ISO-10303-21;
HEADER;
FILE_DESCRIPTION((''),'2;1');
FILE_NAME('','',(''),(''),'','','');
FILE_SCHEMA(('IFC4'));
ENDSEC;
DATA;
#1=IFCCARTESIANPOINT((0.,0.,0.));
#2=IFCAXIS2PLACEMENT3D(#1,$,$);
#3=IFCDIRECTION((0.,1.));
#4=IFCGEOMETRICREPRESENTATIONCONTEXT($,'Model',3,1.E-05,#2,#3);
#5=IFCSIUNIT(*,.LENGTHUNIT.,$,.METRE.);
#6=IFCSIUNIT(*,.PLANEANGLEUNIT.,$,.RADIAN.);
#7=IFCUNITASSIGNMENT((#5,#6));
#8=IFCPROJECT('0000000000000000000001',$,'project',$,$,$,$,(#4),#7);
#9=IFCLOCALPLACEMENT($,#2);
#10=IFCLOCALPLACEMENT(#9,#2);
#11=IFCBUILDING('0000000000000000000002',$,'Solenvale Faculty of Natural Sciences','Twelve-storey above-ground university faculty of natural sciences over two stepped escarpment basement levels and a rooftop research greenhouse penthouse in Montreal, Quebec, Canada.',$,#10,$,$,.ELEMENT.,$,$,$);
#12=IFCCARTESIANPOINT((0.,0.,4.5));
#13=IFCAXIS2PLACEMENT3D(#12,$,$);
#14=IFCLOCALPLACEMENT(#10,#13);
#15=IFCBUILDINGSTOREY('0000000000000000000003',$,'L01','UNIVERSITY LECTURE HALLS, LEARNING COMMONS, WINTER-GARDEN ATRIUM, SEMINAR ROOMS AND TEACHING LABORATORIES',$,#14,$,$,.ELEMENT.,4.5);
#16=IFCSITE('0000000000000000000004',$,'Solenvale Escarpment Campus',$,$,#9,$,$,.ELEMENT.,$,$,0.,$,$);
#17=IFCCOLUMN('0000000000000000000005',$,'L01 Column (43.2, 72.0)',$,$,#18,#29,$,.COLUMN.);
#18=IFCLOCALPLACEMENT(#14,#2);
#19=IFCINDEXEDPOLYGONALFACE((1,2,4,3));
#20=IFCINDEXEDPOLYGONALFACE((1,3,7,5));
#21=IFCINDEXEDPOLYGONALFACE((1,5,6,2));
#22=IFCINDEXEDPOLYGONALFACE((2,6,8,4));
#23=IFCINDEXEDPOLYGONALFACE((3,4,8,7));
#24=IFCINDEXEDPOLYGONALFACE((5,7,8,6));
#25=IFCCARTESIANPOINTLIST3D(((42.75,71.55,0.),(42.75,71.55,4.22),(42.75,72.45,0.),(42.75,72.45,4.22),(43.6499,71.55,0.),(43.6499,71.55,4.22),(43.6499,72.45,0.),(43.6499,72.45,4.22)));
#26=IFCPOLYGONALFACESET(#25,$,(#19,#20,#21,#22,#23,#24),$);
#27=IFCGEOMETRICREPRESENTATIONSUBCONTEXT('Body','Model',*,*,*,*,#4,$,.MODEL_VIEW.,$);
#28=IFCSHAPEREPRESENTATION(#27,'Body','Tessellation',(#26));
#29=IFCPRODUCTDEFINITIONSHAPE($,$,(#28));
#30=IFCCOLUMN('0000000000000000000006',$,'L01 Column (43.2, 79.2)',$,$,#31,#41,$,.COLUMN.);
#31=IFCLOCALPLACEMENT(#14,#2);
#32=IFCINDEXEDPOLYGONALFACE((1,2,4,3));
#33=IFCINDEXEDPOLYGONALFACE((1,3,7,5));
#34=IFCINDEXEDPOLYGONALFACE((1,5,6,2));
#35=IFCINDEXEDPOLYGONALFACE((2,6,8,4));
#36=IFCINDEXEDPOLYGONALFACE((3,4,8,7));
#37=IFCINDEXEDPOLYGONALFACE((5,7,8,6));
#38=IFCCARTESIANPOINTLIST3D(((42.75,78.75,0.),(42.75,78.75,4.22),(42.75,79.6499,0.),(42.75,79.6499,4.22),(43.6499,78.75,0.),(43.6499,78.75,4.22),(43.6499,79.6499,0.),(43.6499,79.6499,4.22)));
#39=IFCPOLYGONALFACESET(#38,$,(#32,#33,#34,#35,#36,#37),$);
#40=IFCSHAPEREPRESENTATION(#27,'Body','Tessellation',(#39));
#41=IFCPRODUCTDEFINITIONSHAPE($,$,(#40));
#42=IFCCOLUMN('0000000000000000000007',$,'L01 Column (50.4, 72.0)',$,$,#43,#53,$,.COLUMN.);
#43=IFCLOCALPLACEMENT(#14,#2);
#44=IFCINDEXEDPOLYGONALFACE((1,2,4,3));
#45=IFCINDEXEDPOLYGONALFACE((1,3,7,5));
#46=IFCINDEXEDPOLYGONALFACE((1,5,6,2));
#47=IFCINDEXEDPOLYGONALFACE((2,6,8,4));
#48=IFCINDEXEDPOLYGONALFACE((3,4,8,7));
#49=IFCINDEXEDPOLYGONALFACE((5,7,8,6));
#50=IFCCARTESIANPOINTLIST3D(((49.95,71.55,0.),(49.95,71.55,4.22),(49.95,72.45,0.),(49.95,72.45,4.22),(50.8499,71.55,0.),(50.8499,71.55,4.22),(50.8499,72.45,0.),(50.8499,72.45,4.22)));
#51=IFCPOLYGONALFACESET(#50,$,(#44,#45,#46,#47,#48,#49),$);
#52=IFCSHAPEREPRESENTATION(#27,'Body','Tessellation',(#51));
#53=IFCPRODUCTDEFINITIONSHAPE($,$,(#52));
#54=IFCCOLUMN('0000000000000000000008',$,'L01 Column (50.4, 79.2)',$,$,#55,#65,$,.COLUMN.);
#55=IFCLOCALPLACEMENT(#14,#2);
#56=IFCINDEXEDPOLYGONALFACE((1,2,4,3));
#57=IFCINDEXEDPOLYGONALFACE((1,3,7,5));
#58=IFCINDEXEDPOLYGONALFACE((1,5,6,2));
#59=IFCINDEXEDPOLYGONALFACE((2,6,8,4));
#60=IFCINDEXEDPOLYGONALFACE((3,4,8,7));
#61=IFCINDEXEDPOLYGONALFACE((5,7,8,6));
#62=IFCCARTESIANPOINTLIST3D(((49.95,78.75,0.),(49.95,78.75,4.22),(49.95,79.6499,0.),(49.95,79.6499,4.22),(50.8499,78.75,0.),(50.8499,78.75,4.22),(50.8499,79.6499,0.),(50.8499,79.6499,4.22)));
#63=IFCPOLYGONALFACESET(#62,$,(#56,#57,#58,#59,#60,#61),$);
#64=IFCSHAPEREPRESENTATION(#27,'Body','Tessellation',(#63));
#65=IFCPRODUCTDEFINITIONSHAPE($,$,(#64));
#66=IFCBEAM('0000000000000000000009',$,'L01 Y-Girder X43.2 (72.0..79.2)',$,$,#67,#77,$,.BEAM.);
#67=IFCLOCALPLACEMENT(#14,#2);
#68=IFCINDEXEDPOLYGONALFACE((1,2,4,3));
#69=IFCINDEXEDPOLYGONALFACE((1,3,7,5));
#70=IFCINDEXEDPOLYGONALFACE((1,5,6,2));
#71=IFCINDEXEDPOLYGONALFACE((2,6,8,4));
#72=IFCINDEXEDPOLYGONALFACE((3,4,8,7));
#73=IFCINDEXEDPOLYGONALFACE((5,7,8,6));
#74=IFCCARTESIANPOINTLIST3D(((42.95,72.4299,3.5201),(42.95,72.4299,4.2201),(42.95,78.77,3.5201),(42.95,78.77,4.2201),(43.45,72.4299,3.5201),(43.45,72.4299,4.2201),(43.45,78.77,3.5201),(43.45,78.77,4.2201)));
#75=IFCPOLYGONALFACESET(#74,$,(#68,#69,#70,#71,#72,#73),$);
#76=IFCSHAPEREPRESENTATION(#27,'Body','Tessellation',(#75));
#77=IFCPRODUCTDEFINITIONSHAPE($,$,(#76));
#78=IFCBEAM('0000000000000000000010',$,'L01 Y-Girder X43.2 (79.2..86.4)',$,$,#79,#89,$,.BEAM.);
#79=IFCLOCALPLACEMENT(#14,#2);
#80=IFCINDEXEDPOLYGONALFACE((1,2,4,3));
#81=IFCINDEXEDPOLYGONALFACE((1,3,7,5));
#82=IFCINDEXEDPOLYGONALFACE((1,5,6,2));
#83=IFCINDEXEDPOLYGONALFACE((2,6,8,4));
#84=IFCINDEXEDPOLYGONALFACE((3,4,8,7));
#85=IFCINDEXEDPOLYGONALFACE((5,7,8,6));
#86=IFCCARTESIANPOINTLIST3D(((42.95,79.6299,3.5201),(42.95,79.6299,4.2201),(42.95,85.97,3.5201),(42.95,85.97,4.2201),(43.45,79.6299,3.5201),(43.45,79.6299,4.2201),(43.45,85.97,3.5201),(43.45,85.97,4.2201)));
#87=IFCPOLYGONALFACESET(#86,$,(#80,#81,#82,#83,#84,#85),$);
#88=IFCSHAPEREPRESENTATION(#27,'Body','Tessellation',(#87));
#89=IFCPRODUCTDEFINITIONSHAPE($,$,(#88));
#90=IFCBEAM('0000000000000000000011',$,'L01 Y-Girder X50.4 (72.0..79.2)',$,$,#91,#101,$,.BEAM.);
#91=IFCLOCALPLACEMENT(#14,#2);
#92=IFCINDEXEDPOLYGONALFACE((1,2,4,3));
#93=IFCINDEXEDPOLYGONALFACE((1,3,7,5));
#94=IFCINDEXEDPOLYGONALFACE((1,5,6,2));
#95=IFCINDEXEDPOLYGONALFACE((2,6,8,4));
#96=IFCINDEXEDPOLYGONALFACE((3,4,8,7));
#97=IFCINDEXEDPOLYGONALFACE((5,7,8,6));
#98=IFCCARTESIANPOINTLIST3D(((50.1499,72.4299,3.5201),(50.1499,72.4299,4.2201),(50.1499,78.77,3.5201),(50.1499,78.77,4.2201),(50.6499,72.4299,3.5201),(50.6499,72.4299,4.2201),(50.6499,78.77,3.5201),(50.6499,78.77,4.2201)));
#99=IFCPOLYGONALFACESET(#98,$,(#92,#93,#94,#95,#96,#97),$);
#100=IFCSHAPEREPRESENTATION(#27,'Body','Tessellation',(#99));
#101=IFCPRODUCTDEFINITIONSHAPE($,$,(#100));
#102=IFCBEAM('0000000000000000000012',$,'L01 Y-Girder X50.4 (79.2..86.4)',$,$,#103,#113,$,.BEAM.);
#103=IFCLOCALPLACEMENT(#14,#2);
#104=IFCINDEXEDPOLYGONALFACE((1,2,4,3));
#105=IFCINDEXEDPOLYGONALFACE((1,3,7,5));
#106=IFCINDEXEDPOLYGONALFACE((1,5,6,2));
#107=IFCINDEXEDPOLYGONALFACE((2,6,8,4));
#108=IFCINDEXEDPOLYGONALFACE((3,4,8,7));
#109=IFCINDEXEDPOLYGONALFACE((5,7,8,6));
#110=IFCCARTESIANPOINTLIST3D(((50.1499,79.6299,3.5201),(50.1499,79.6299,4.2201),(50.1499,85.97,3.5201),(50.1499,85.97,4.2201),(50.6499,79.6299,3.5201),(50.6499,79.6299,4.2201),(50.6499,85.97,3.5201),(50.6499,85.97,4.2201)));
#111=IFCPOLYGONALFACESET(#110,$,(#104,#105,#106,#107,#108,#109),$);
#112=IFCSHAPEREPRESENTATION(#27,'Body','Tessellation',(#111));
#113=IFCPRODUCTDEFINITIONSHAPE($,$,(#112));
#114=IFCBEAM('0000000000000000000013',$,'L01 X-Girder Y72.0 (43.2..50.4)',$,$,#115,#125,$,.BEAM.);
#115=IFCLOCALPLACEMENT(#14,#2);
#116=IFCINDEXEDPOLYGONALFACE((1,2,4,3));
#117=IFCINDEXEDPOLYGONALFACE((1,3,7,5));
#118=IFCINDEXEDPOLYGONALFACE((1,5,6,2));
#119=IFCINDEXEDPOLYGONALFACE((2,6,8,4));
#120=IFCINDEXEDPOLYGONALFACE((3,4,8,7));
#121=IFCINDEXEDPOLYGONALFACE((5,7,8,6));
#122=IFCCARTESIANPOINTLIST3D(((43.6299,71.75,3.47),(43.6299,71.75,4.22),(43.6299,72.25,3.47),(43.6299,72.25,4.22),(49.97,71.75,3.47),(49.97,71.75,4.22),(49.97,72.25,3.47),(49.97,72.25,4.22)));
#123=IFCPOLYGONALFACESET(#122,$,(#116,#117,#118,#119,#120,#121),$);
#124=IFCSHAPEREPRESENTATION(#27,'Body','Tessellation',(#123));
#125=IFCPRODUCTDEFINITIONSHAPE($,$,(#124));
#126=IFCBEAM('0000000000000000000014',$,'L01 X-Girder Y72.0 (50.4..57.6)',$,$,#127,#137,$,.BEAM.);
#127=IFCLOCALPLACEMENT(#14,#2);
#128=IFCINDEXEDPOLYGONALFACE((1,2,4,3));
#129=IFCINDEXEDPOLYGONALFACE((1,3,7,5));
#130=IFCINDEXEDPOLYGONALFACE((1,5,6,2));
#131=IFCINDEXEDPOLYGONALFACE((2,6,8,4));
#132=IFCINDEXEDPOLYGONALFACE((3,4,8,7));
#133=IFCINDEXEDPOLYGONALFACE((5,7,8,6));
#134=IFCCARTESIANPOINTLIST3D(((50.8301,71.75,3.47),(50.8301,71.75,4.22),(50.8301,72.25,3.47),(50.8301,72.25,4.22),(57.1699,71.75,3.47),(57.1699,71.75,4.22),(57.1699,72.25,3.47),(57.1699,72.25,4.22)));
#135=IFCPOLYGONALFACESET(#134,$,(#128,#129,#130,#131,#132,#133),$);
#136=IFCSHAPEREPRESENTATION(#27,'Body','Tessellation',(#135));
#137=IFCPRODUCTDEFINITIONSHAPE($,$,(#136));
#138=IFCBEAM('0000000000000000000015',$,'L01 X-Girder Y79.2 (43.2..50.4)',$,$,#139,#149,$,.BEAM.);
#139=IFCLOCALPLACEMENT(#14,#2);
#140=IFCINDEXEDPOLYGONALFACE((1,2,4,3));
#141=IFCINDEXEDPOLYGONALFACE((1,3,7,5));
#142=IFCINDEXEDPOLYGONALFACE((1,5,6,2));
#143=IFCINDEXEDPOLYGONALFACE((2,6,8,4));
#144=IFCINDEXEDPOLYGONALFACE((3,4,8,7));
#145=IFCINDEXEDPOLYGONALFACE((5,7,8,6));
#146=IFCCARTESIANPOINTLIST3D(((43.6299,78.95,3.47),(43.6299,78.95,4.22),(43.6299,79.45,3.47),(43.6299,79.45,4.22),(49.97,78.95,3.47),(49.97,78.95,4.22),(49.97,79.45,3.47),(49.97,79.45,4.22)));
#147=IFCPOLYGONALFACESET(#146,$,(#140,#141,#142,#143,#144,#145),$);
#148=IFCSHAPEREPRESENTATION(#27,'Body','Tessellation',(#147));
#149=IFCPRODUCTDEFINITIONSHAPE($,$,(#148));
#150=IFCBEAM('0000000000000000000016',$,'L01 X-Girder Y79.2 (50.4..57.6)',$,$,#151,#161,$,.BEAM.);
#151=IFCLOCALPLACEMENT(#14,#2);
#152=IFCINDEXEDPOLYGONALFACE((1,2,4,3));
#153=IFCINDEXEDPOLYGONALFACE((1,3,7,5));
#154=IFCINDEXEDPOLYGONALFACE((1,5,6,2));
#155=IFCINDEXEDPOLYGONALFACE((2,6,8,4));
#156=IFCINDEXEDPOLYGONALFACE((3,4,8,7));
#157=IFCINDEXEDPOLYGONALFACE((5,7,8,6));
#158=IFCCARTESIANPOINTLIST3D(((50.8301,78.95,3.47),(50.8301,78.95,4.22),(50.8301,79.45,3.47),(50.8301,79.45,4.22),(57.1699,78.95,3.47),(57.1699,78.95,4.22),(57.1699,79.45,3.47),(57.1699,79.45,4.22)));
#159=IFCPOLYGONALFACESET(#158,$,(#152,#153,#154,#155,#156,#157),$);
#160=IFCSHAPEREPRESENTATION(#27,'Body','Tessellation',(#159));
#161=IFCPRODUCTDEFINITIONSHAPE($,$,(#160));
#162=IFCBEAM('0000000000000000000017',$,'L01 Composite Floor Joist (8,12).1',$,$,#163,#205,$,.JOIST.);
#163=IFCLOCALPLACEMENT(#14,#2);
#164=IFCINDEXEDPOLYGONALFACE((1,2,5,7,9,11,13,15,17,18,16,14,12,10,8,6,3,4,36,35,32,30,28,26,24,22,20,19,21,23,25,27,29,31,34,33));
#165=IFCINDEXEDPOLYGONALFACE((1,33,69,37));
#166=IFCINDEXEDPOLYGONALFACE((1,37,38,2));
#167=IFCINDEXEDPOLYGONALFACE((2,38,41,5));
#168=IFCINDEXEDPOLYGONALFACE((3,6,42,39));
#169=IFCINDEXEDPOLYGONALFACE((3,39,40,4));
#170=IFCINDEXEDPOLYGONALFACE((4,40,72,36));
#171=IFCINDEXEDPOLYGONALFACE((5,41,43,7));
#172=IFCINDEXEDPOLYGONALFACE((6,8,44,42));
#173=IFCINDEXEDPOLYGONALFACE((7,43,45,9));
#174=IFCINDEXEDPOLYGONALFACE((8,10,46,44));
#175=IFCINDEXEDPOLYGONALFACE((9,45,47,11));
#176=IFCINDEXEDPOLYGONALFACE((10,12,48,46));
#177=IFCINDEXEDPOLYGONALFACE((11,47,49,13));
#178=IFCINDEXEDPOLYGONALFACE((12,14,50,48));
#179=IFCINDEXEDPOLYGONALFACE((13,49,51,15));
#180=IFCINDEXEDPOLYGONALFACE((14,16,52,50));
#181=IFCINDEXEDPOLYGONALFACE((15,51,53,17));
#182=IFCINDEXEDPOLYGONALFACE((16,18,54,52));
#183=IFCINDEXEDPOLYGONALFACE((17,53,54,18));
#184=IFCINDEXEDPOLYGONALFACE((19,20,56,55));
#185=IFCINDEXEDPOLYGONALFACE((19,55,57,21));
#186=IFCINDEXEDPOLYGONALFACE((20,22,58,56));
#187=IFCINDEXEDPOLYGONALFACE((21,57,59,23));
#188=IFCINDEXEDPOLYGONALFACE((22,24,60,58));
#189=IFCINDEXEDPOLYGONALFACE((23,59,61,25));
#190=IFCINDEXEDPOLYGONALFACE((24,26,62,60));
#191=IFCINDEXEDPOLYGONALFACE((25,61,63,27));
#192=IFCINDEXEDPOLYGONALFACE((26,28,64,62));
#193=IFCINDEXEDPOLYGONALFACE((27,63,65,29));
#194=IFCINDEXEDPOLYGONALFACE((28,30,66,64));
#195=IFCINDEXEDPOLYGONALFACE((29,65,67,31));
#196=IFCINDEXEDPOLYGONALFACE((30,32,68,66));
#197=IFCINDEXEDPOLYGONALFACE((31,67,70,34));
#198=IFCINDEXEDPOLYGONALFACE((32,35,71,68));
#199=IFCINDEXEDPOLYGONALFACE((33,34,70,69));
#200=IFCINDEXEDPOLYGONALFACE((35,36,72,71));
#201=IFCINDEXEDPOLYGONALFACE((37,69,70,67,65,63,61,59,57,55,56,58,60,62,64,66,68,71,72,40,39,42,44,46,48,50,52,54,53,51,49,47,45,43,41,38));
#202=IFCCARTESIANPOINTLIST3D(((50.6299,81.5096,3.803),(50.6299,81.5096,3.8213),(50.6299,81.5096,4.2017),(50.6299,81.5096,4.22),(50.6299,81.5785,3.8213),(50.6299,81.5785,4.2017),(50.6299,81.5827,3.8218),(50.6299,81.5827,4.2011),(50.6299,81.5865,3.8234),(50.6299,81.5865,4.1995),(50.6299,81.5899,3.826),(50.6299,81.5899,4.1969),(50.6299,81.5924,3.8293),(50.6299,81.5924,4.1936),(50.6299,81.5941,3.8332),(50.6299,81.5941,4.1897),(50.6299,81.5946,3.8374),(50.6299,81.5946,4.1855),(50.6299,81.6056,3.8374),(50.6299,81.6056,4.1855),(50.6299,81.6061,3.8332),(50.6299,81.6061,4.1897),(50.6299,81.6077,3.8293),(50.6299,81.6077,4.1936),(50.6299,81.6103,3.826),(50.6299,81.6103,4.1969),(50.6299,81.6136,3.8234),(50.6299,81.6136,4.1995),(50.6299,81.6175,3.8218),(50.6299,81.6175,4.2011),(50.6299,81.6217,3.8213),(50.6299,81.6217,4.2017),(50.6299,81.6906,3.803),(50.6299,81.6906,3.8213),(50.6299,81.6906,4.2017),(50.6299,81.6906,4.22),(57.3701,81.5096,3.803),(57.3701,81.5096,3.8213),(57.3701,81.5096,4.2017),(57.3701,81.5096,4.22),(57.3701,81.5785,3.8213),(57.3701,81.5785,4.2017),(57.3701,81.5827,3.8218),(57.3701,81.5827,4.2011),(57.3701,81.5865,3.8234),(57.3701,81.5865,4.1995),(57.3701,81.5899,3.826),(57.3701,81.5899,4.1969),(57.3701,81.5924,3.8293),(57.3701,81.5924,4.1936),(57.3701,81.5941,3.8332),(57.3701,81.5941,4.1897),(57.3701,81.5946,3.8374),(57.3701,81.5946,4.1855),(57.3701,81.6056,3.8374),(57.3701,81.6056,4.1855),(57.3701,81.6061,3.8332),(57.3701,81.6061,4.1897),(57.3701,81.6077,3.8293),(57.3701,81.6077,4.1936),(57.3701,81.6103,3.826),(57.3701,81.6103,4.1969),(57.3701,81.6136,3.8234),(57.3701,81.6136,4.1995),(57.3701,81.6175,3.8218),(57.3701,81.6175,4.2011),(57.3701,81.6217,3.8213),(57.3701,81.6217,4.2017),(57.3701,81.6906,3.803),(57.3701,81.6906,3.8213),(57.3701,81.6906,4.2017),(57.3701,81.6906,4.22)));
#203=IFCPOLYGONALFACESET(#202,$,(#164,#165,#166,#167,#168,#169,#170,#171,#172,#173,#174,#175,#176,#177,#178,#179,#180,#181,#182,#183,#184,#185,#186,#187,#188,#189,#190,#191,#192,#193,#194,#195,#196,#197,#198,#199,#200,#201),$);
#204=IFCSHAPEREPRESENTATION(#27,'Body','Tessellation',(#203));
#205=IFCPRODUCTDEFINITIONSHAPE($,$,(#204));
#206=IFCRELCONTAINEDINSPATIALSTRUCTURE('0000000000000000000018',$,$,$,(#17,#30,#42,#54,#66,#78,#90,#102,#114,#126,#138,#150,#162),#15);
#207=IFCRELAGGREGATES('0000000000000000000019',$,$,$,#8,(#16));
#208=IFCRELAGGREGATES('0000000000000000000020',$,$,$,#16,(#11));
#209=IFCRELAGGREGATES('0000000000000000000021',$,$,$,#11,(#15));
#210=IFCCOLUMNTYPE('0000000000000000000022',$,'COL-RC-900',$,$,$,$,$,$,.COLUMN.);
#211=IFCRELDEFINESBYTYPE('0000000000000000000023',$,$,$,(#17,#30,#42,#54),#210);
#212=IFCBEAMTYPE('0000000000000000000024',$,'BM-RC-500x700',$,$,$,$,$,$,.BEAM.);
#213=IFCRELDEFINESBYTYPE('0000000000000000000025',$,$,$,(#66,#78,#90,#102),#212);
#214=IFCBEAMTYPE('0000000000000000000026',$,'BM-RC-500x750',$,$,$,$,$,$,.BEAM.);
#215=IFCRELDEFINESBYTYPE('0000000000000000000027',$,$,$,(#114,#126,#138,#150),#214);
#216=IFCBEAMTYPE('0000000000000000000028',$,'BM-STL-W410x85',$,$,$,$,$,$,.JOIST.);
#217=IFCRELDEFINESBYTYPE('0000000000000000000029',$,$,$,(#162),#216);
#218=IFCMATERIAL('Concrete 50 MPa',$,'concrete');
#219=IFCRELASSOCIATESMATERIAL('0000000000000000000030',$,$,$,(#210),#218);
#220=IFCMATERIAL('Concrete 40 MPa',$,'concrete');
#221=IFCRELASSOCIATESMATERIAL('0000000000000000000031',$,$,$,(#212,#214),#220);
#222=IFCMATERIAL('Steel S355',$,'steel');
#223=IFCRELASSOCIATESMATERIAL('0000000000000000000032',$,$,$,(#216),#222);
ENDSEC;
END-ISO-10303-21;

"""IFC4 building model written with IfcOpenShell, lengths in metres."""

from ifc_helpers import new_model, si_unit, direction, frame, origin, origin_2d, place, context, subcontext, project, spatial, rectangle, i_section, extrude, material, material_profile, profile_set, type_object, element, save


model = new_model("IFC4")

# Units and contexts
model_context = context("Model", 3, precision=1e-05, world=origin(), true_north=direction((0.0, 1.0)))
body_context = subcontext(model_context, "Body", "Model", "MODEL_VIEW")
ifc_project = project(units=[si_unit("LENGTHUNIT", "METRE"), si_unit("PLANEANGLEUNIT", "RADIAN")], contexts=[model_context])

# Site, building, storey
site_placement = place(None, origin())
site = spatial("IfcSite", under=ifc_project, at=site_placement, Name="Solenvale Escarpment Campus", CompositionType="ELEMENT", RefElevation=0.0)
building_placement = place(site_placement, origin())
building = spatial("IfcBuilding", under=site, at=building_placement, Name="Solenvale Faculty of Natural Sciences", Description="Twelve-storey above-ground university faculty of natural sciences over two stepped escarpment basement levels and a rooftop research greenhouse penthouse in Montreal, Quebec, Canada.", CompositionType="ELEMENT")
storey_placement = place(building_placement, frame((0.0, 0.0, 4.5)))
storey = spatial("IfcBuildingStorey", under=building, at=storey_placement, Name="L01", Description="UNIVERSITY LECTURE HALLS, LEARNING COMMONS, WINTER-GARDEN ATRIUM, SEMINAR ROOMS AND TEACHING LABORATORIES", CompositionType="ELEMENT", Elevation=4.5)

# Columns
ifc_material_1 = material(Name="Concrete 50 MPa", Category="concrete")
ifc_material_profile_1 = material_profile(ifc_material_1, rectangle(XDim=0.8999, YDim=0.8999, at=origin_2d()), Name="RC-COL-900x900")
ifc_profile_set_1 = profile_set([ifc_material_profile_1], Name="Concrete 50 MPa")
column_type = type_object("IfcColumnType", Name="COL-RC-900", PredefinedType="COLUMN", material=ifc_profile_set_1)
for number, where, z_axis, x_axis, name in (
    (1, (43.2, 72.0, 0.0), (0.0, 0.0, 1.0), (1.0, 0.0, 0.0), "L01 Column (43.2, 72.0)"),
    (2, (43.2, 79.2, 0.0), (0.0, 0.0, 1.0), (1.0, 0.0, 0.0), "L01 Column (43.2, 79.2)"),
    (3, (50.3999, 72.0, 0.0), (0.0, 0.0, 1.0), (1.0, 0.0, 0.0), "L01 Column (50.4, 72.0)"),
    (4, (50.3999, 79.2, 0.0), (0.0, 0.0, 1.0), (1.0, 0.0, 0.0), "L01 Column (50.4, 79.2)"),
):
    element("IfcColumn", number, at=place(storey_placement, frame(where, z_axis=z_axis, x_axis=x_axis)), inside=storey, type_object=column_type, Name=name, PredefinedType="COLUMN", context=body_context, shape_type="SweptSolid", body=[
        extrude(rectangle(XDim=0.8999, YDim=0.8999, at=origin_2d()), origin(), (0.0, 0.0, 1.0), 4.22),
    ])

# Beams
ifc_material_2 = material(Name="Concrete 40 MPa", Category="concrete")
ifc_material_profile_2 = material_profile(ifc_material_2, rectangle(XDim=0.5, YDim=0.7, at=origin_2d()), Name="RC-BM-500x700")
ifc_profile_set_2 = profile_set([ifc_material_profile_2], Name="Concrete 40 MPa")
beam_type_1 = type_object("IfcBeamType", Name="BM-RC-500x700", PredefinedType="BEAM", material=ifc_profile_set_2)
for number, where, z_axis, x_axis, name in (
    (5, (43.2, 72.4299, 3.8701), (0.0, 1.0, 0.0), (-1.0, 0.0, 0.0), "L01 Y-Girder X43.2 (72.0..79.2)"),
    (6, (43.2, 79.6299, 3.8701), (0.0, 1.0, 0.0), (-1.0, 0.0, 0.0), "L01 Y-Girder X43.2 (79.2..86.4)"),
    (7, (50.3999, 72.4299, 3.8701), (0.0, 1.0, 0.0), (-1.0, 0.0, 0.0), "L01 Y-Girder X50.4 (72.0..79.2)"),
    (8, (50.3999, 79.6299, 3.8701), (0.0, 1.0, 0.0), (-1.0, 0.0, 0.0), "L01 Y-Girder X50.4 (79.2..86.4)"),
):
    element("IfcBeam", number, at=place(storey_placement, frame(where, z_axis=z_axis, x_axis=x_axis)), inside=storey, type_object=beam_type_1, Name=name, PredefinedType="BEAM", context=body_context, shape_type="SweptSolid", body=[
        extrude(rectangle(XDim=0.5, YDim=0.7, at=origin_2d()), origin(), (0.0, 0.0, 1.0), 6.3401),
    ])
ifc_material_profile_3 = material_profile(ifc_material_2, rectangle(XDim=0.5, YDim=0.75, at=origin_2d()), Name="RC-BM-500x750")
ifc_profile_set_3 = profile_set([ifc_material_profile_3], Name="Concrete 40 MPa")
beam_type_2 = type_object("IfcBeamType", Name="BM-RC-500x750", PredefinedType="BEAM", material=ifc_profile_set_3)
beam_1_placement = place(storey_placement, frame((43.6299, 72.0, 3.845), z_axis=(1.0, 0.0, 0.0), x_axis=(0.0, 1.0, 0.0)))
element("IfcBeam", 9, at=beam_1_placement, inside=storey, type_object=beam_type_2, Name="L01 X-Girder Y72.0 (43.2..50.4)", PredefinedType="BEAM", context=body_context, shape_type="SweptSolid", body=[
    extrude(rectangle(XDim=0.5, YDim=0.75, at=origin_2d()), origin(), (0.0, 0.0, 1.0), 6.3401),
])
beam_2_placement = place(storey_placement, frame((50.8301, 72.0, 3.845), z_axis=(1.0, 0.0, 0.0), x_axis=(0.0, 1.0, 0.0)))
element("IfcBeam", 10, at=beam_2_placement, inside=storey, type_object=beam_type_2, Name="L01 X-Girder Y72.0 (50.4..57.6)", PredefinedType="BEAM", context=body_context, shape_type="SweptSolid", body=[
    extrude(rectangle(XDim=0.5, YDim=0.75, at=origin_2d()), origin(), (0.0, 0.0, 1.0), 6.3398),
])
beam_3_placement = place(storey_placement, frame((43.6299, 79.2, 3.845), z_axis=(1.0, 0.0, 0.0), x_axis=(0.0, 1.0, 0.0)))
element("IfcBeam", 11, at=beam_3_placement, inside=storey, type_object=beam_type_2, Name="L01 X-Girder Y79.2 (43.2..50.4)", PredefinedType="BEAM", context=body_context, shape_type="SweptSolid", body=[
    extrude(rectangle(XDim=0.5, YDim=0.75, at=origin_2d()), origin(), (0.0, 0.0, 1.0), 6.3401),
])
beam_4_placement = place(storey_placement, frame((50.8301, 79.2, 3.845), z_axis=(1.0, 0.0, 0.0), x_axis=(0.0, 1.0, 0.0)))
element("IfcBeam", 12, at=beam_4_placement, inside=storey, type_object=beam_type_2, Name="L01 X-Girder Y79.2 (50.4..57.6)", PredefinedType="BEAM", context=body_context, shape_type="SweptSolid", body=[
    extrude(rectangle(XDim=0.5, YDim=0.75, at=origin_2d()), origin(), (0.0, 0.0, 1.0), 6.3398),
])
ifc_material_3 = material(Name="Steel S355", Category="steel")
ifc_material_profile_4 = material_profile(ifc_material_3, i_section(OverallWidth=0.1809, OverallDepth=0.417, WebThickness=0.011, FlangeThickness=0.0183, FilletRadius=0.0161, at=origin_2d()), Name="W410x85")
ifc_profile_set_4 = profile_set([ifc_material_profile_4], Name="Steel S355")
beam_type_3 = type_object("IfcBeamType", Name="BM-STL-W410x85", PredefinedType="JOIST", material=ifc_profile_set_4)
for number, where, z_axis, x_axis, name in (
    (13, (50.6299, 81.6001, 4.0115), (1.0, 0.0, 0.0), (0.0, 1.0, 0.0), "L01 Composite Floor Joist (8,12).1"),
):
    element("IfcBeam", number, at=place(storey_placement, frame(where, z_axis=z_axis, x_axis=x_axis)), inside=storey, type_object=beam_type_3, Name=name, PredefinedType="JOIST", context=body_context, shape_type="SweptSolid", body=[
        extrude(i_section(OverallWidth=0.1809, OverallDepth=0.417, WebThickness=0.011, FlangeThickness=0.0183, FilletRadius=0.0161, at=origin_2d()), origin(), (0.0, 0.0, 1.0), 6.7402),
    ])

save(model, "model.ifc")
